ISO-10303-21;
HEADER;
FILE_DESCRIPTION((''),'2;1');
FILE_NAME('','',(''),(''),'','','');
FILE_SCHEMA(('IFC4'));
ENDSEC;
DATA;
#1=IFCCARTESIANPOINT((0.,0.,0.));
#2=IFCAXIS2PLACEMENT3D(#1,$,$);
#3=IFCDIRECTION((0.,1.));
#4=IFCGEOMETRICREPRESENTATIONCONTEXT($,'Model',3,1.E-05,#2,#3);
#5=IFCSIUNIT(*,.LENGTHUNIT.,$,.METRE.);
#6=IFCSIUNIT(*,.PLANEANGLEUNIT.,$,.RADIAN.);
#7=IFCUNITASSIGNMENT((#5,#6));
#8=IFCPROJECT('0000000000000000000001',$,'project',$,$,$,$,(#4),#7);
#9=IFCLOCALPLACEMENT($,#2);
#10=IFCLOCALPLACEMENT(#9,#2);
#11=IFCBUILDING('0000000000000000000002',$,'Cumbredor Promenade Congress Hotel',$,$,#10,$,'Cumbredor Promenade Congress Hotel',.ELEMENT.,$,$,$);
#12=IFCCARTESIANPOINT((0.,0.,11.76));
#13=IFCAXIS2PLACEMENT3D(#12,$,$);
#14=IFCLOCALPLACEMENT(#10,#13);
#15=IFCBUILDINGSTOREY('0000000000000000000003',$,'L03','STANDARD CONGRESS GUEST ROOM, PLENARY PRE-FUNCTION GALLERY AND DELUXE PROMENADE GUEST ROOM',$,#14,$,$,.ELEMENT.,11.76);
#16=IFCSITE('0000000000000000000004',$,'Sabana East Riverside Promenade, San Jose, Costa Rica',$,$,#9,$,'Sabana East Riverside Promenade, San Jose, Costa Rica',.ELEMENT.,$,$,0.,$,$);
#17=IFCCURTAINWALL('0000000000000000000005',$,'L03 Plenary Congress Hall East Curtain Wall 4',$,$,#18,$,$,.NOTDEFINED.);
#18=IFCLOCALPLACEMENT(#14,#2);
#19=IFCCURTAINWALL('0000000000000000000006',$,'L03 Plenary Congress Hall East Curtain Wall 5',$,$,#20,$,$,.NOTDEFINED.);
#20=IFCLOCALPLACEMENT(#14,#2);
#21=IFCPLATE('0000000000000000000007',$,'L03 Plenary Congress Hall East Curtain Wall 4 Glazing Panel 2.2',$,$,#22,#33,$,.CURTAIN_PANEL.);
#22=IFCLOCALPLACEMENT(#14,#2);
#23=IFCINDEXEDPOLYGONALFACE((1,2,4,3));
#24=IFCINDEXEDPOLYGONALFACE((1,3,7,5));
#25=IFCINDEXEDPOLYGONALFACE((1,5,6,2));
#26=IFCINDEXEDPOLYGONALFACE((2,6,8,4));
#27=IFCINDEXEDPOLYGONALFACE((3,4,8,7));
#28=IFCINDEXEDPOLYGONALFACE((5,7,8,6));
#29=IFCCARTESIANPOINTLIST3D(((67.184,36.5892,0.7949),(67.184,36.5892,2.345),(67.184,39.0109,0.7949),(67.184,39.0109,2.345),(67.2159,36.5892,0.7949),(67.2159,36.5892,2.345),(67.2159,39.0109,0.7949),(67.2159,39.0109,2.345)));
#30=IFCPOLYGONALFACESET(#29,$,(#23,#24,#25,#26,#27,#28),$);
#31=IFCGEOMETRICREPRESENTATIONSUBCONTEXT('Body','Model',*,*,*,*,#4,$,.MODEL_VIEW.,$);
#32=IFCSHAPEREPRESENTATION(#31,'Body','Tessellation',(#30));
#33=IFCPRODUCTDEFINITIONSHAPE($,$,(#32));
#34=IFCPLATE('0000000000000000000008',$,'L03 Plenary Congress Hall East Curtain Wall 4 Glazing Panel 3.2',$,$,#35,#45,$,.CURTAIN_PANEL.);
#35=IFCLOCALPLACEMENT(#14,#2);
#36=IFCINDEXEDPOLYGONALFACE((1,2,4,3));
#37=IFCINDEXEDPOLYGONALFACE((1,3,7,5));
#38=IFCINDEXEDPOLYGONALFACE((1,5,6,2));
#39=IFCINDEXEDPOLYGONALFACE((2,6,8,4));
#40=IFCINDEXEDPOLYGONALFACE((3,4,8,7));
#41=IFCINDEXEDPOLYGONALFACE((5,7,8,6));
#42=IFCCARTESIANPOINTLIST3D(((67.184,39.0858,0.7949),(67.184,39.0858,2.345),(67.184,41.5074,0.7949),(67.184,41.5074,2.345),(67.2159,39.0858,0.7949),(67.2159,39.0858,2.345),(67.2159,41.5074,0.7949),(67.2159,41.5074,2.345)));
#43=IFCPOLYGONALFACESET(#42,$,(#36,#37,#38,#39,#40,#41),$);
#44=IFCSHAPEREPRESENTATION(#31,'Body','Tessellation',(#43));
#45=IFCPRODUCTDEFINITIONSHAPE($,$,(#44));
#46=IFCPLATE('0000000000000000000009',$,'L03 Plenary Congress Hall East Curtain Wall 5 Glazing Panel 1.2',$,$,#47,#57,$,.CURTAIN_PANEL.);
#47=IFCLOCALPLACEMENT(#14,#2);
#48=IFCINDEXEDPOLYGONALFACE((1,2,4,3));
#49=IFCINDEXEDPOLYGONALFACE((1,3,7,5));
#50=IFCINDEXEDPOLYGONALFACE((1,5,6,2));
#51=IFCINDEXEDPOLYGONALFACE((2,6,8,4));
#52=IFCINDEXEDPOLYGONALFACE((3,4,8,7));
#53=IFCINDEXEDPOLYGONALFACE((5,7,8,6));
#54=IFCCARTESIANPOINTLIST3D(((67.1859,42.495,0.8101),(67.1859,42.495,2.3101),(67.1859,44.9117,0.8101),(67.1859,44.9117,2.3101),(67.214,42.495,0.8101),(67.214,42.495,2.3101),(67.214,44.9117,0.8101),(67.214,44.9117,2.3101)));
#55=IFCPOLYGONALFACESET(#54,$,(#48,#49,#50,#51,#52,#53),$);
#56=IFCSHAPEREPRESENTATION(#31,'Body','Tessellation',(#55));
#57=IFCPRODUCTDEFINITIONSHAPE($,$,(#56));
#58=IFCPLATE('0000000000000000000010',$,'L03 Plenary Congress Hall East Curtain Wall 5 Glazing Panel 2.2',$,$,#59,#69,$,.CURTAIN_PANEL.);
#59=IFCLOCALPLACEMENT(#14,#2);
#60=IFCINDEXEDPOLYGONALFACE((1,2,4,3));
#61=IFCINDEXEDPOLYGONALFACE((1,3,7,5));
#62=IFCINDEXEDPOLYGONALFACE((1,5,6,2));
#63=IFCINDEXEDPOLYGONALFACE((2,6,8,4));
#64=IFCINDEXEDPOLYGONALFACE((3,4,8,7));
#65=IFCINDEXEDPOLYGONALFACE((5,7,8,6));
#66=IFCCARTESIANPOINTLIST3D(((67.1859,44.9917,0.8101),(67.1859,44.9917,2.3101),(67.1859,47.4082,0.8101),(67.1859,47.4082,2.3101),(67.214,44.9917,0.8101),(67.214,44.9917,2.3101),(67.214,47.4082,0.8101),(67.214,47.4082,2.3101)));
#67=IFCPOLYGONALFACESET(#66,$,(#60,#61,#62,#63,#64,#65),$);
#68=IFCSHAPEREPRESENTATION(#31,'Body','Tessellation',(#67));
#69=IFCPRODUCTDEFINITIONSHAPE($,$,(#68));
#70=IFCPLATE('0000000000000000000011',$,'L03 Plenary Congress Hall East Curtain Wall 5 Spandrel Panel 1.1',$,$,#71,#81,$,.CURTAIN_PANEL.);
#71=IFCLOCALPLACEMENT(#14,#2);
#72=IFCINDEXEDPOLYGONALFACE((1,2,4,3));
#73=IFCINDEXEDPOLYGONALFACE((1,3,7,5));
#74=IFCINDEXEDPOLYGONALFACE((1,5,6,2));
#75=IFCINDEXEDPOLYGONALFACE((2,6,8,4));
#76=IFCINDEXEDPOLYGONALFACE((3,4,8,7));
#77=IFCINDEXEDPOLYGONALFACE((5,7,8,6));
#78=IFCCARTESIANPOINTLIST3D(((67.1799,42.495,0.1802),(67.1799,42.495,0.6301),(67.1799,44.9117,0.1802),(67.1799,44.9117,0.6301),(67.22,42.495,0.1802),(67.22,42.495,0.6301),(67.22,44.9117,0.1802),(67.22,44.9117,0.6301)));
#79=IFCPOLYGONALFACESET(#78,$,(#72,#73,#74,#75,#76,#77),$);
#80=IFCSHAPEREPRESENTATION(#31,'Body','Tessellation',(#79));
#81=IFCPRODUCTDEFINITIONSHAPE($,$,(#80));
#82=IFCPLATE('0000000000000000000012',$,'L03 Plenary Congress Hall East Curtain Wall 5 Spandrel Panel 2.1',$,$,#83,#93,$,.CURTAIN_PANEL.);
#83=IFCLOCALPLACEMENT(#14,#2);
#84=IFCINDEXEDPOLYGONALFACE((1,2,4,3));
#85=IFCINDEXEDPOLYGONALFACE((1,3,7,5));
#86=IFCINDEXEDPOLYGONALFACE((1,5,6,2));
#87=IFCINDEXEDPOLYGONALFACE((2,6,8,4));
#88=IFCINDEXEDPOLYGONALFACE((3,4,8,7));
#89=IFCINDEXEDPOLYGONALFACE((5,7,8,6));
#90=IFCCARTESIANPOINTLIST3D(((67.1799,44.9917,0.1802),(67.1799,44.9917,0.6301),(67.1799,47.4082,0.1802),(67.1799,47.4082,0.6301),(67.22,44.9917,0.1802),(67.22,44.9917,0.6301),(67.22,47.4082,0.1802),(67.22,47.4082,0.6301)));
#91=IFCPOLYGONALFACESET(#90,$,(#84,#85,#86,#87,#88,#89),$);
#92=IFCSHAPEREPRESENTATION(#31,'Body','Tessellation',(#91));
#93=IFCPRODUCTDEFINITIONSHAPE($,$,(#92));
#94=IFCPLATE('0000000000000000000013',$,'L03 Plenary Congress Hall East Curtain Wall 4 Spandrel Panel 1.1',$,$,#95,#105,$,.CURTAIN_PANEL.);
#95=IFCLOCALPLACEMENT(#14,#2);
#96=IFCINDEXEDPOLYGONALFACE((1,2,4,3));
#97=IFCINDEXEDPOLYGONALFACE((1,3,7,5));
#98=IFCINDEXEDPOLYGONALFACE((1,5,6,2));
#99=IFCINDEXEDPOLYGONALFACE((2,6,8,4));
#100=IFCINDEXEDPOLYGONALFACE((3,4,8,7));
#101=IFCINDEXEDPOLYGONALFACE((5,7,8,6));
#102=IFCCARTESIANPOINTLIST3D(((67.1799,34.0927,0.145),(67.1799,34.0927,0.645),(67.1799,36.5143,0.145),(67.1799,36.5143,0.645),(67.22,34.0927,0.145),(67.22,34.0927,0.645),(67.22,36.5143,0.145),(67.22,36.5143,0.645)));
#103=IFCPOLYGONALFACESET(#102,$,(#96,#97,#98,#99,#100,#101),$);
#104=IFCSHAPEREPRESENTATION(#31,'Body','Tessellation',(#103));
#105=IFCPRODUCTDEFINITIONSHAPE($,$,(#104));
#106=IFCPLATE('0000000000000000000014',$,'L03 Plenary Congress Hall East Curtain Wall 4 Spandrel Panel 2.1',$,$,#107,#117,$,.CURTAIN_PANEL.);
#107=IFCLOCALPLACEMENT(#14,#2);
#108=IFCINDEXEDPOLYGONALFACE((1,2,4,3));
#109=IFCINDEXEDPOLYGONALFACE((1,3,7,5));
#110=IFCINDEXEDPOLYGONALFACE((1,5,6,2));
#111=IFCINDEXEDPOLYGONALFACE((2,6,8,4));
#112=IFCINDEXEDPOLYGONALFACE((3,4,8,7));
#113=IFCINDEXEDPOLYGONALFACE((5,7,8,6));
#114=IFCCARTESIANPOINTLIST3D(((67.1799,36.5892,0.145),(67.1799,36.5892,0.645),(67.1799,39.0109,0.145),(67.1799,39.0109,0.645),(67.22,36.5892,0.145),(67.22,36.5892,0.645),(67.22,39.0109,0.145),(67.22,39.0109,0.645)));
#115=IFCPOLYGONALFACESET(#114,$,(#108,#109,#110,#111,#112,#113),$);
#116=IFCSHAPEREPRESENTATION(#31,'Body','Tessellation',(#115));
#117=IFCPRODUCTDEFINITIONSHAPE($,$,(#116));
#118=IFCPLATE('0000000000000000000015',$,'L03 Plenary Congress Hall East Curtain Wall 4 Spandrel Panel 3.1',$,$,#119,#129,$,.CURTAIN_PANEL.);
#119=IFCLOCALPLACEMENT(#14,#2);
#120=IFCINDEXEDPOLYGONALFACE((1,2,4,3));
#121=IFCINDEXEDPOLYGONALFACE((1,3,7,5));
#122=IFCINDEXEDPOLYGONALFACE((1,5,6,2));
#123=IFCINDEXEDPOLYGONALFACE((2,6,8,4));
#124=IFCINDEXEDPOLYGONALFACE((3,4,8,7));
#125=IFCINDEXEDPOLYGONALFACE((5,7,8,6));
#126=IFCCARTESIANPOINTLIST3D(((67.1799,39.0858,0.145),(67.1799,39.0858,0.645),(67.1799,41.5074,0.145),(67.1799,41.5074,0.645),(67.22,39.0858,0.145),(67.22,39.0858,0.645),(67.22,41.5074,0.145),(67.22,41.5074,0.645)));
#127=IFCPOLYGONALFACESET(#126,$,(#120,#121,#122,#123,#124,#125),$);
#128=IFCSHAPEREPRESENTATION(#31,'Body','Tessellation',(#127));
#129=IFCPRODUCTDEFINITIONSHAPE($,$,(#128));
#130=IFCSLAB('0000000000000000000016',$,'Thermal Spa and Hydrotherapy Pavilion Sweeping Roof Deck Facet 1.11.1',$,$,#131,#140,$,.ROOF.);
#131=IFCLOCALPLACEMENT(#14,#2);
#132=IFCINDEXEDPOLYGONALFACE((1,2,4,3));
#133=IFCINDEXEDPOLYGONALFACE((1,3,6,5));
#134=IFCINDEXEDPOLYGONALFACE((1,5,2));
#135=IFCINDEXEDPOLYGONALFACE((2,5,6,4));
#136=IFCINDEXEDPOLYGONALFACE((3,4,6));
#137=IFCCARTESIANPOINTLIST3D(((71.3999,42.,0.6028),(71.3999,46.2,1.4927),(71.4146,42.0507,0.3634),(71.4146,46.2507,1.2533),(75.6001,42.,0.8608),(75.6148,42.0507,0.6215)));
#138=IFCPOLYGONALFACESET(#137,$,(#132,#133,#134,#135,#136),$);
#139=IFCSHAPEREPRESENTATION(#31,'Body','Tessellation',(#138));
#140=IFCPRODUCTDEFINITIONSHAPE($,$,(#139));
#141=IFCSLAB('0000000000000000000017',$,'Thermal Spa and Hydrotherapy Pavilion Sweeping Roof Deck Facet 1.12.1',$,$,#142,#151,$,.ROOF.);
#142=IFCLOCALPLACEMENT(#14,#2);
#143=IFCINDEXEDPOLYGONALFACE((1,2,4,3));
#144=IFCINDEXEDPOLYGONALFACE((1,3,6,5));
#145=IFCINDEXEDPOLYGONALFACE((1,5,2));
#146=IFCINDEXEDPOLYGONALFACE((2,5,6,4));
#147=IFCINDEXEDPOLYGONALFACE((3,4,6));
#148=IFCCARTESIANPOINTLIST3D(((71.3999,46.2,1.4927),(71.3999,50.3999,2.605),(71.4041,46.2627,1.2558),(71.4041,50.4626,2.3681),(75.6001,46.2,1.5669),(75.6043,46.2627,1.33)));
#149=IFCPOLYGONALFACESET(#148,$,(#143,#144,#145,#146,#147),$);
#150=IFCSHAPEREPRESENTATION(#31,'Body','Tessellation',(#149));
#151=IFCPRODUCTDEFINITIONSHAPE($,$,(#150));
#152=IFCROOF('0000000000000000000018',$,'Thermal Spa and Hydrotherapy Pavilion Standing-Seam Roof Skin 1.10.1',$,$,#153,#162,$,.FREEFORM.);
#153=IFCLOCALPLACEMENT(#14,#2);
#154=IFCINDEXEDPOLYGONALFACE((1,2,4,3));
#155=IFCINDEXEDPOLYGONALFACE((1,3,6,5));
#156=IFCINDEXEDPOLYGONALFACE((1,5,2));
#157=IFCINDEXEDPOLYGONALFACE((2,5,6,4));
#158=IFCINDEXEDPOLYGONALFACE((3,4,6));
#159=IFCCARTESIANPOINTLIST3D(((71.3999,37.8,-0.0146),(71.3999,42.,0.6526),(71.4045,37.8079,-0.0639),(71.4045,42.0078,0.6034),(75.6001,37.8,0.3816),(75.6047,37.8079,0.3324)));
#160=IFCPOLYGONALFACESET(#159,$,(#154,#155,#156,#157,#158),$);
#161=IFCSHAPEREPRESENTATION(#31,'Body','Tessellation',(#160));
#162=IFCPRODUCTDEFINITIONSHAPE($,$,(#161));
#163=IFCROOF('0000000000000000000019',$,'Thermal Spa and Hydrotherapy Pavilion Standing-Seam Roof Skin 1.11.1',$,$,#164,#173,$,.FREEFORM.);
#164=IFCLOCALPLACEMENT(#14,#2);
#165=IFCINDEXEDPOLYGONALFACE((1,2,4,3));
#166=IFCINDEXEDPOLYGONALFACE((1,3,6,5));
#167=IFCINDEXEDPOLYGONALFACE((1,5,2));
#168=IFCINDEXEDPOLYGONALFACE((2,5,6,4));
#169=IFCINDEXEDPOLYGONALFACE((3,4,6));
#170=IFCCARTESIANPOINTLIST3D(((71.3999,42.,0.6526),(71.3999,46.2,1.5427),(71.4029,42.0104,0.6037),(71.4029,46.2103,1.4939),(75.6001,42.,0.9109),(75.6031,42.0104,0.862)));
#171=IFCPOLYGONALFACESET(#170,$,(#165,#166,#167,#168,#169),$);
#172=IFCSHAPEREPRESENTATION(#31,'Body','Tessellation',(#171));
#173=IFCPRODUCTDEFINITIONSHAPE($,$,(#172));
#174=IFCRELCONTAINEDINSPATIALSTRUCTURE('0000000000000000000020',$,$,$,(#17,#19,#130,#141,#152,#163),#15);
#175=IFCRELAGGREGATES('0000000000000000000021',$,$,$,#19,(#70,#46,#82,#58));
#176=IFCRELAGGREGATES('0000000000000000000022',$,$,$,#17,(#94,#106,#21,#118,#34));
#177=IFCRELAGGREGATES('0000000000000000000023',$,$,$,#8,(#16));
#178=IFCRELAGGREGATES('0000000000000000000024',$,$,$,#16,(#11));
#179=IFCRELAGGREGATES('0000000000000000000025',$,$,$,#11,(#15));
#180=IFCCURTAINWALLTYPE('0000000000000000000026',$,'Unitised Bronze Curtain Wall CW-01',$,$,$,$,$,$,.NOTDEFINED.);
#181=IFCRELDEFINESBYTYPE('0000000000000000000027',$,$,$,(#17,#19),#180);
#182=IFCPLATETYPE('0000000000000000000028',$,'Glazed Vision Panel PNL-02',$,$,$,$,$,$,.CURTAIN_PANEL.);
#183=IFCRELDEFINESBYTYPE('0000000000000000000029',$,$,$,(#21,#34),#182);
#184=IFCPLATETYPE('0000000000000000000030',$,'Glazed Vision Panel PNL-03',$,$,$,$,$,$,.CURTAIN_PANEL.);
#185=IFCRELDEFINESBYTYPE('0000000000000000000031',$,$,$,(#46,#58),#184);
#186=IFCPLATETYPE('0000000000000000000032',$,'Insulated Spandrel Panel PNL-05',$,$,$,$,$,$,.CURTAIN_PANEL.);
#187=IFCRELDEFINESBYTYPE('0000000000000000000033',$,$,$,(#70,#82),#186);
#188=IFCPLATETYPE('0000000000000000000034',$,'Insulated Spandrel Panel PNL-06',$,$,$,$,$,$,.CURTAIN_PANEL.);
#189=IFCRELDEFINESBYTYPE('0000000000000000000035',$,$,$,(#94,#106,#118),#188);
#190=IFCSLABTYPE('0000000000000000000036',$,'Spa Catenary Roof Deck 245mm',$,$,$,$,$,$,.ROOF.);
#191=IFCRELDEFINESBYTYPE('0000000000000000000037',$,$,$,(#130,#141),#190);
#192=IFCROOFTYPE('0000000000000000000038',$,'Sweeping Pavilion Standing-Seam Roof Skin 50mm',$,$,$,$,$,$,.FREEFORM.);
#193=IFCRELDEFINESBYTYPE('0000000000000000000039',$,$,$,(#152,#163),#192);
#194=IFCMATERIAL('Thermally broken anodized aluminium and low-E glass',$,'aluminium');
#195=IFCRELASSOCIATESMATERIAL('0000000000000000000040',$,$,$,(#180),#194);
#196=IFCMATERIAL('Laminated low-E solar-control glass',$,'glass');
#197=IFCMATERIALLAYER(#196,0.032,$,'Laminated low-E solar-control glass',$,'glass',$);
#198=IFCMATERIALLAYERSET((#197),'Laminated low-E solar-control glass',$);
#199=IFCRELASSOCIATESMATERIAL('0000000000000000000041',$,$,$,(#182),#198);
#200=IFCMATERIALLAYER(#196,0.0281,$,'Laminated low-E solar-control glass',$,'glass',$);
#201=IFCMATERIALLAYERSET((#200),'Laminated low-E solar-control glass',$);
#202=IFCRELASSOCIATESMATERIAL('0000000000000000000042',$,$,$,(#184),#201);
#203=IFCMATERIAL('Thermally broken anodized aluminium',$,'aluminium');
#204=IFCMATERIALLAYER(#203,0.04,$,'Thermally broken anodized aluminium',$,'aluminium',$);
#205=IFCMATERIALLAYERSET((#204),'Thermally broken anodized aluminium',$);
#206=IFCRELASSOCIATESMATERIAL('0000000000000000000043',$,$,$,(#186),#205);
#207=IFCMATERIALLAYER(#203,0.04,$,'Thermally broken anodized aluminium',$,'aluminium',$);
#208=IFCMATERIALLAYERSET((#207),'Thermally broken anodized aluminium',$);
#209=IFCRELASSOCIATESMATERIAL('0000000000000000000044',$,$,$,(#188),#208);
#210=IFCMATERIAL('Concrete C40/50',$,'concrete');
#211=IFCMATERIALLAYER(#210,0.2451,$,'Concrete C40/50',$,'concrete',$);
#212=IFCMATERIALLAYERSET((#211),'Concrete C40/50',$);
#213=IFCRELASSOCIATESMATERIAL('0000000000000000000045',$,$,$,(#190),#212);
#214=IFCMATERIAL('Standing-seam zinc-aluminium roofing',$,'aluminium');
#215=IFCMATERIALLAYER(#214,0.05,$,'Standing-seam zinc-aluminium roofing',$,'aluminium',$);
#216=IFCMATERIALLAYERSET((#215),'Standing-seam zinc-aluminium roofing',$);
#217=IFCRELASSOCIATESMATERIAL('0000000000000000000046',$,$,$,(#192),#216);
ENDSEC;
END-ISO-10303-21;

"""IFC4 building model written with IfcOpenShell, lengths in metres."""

from ifc_helpers import new_model, si_unit, direction, frame, origin, origin_2d, place, context, subcontext, project, spatial, polyline, rectangle, outline, extrude, material, layer, layer_set, type_object, element, aggregate, save


model = new_model("IFC4")

# Units and contexts
model_context = context("Model", 3, precision=1e-05, world=origin(), true_north=direction((0.0, 1.0)))
body_context = subcontext(model_context, "Body", "Model", "MODEL_VIEW")
ifc_project = project(units=[si_unit("LENGTHUNIT", "METRE"), si_unit("PLANEANGLEUNIT", "RADIAN")], contexts=[model_context])

# Site, building, storey
site_placement = place(None, origin())
site = spatial("IfcSite", under=ifc_project, at=site_placement, Name="Sabana East Riverside Promenade, San Jose, Costa Rica", LongName="Sabana East Riverside Promenade, San Jose, Costa Rica", CompositionType="ELEMENT", RefElevation=0.0)
building_placement = place(site_placement, origin())
building = spatial("IfcBuilding", under=site, at=building_placement, Name="Cumbredor Promenade Congress Hotel", LongName="Cumbredor Promenade Congress Hotel", CompositionType="ELEMENT")
storey_placement = place(building_placement, frame((0.0, 0.0, 11.76)))
storey = spatial("IfcBuildingStorey", under=building, at=storey_placement, Name="L03", Description="STANDARD CONGRESS GUEST ROOM, PLENARY PRE-FUNCTION GALLERY AND DELUXE PROMENADE GUEST ROOM", CompositionType="ELEMENT", Elevation=11.76)

# Curtain walls
ifc_material_1 = material(Name="Thermally broken anodized aluminium and low-E glass", Category="aluminium")
curtain_wall_type = type_object("IfcCurtainWallType", Name="Unitised Bronze Curtain Wall CW-01", PredefinedType="NOTDEFINED", material=ifc_material_1)
curtain_wall_1_placement = place(storey_placement, origin())
curtain_wall_1 = element("IfcCurtainWall", 1, at=curtain_wall_1_placement, inside=storey, type_object=curtain_wall_type, Name="L03 Plenary Congress Hall East Curtain Wall 4", PredefinedType="NOTDEFINED")
ifc_material_2 = material(Name="Thermally broken anodized aluminium", Category="aluminium")
curtain_wall_2_placement = place(storey_placement, origin())
curtain_wall_2 = element("IfcCurtainWall", 2, at=curtain_wall_2_placement, inside=storey, type_object=curtain_wall_type, Name="L03 Plenary Congress Hall East Curtain Wall 5", PredefinedType="NOTDEFINED")

# Plates
ifc_material_3 = material(Name="Laminated low-E solar-control glass", Category="glass")
ifc_layer_1 = layer(ifc_material_3, 0.032, Name="Laminated low-E solar-control glass", Category="glass")
ifc_layer_set_1 = layer_set([ifc_layer_1], Name="Laminated low-E solar-control glass")
plate_type_1 = type_object("IfcPlateType", Name="Glazed Vision Panel PNL-02", PredefinedType="CURTAIN_PANEL", material=ifc_layer_set_1)
plate_1_placement = place(storey_placement, frame((67.2, 37.8, 0.7949), z_axis=(0.0, 0.0, 1.0), x_axis=(0.0, 1.0, 0.0)))
plate_1 = element("IfcPlate", 3, at=plate_1_placement, type_object=plate_type_1, Name="L03 Plenary Congress Hall East Curtain Wall 4 Glazing Panel 2.2", PredefinedType="CURTAIN_PANEL", context=body_context, shape_type="SweptSolid", body=[
    extrude(rectangle(XDim=2.4216, YDim=0.032, at=origin_2d()), origin(), (0.0, 0.0, 1.0), 1.55),
])
plate_2_placement = place(storey_placement, frame((67.2, 40.2966, 0.7949), z_axis=(0.0, 0.0, 1.0), x_axis=(0.0, 1.0, 0.0)))
plate_2 = element("IfcPlate", 4, at=plate_2_placement, type_object=plate_type_1, Name="L03 Plenary Congress Hall East Curtain Wall 4 Glazing Panel 3.2", PredefinedType="CURTAIN_PANEL", context=body_context, shape_type="SweptSolid", body=[
    extrude(rectangle(XDim=2.4216, YDim=0.032, at=origin_2d()), origin(), (0.0, 0.0, 1.0), 1.55),
])
ifc_layer_2 = layer(ifc_material_3, 0.0281, Name="Laminated low-E solar-control glass", Category="glass")
ifc_layer_set_2 = layer_set([ifc_layer_2], Name="Laminated low-E solar-control glass")
plate_type_2 = type_object("IfcPlateType", Name="Glazed Vision Panel PNL-03", PredefinedType="CURTAIN_PANEL", material=ifc_layer_set_2)
plate_3_placement = place(storey_placement, frame((67.2, 43.7034, 0.8101), z_axis=(0.0, 0.0, 1.0), x_axis=(0.0, 1.0, 0.0)))
plate_3 = element("IfcPlate", 5, at=plate_3_placement, type_object=plate_type_2, Name="L03 Plenary Congress Hall East Curtain Wall 5 Glazing Panel 1.2", PredefinedType="CURTAIN_PANEL", context=body_context, shape_type="SweptSolid", body=[
    extrude(rectangle(XDim=2.4167, YDim=0.0281, at=origin_2d()), origin(), (0.0, 0.0, 1.0), 1.5),
])
plate_4_placement = place(storey_placement, frame((67.2, 46.2, 0.8101), z_axis=(0.0, 0.0, 1.0), x_axis=(0.0, 1.0, 0.0)))
plate_4 = element("IfcPlate", 6, at=plate_4_placement, type_object=plate_type_2, Name="L03 Plenary Congress Hall East Curtain Wall 5 Glazing Panel 2.2", PredefinedType="CURTAIN_PANEL", context=body_context, shape_type="SweptSolid", body=[
    extrude(rectangle(XDim=2.4165, YDim=0.0281, at=origin_2d()), origin(), (0.0, 0.0, 1.0), 1.5),
])
ifc_layer_3 = layer(ifc_material_2, 0.04, Name="Thermally broken anodized aluminium", Category="aluminium")
ifc_layer_set_3 = layer_set([ifc_layer_3], Name="Thermally broken anodized aluminium")
plate_type_3 = type_object("IfcPlateType", Name="Insulated Spandrel Panel PNL-05", PredefinedType="CURTAIN_PANEL", material=ifc_layer_set_3)
plate_5_placement = place(storey_placement, frame((67.2, 43.7034, 0.1802), z_axis=(0.0, 0.0, 1.0), x_axis=(0.0, 1.0, 0.0)))
plate_5 = element("IfcPlate", 7, at=plate_5_placement, type_object=plate_type_3, Name="L03 Plenary Congress Hall East Curtain Wall 5 Spandrel Panel 1.1", PredefinedType="CURTAIN_PANEL", context=body_context, shape_type="SweptSolid", body=[
    extrude(rectangle(XDim=2.4167, YDim=0.04, at=origin_2d()), origin(), (0.0, 0.0, 1.0), 0.45),
])
plate_6_placement = place(storey_placement, frame((67.2, 46.2, 0.1802), z_axis=(0.0, 0.0, 1.0), x_axis=(0.0, 1.0, 0.0)))
plate_6 = element("IfcPlate", 8, at=plate_6_placement, type_object=plate_type_3, Name="L03 Plenary Congress Hall East Curtain Wall 5 Spandrel Panel 2.1", PredefinedType="CURTAIN_PANEL", context=body_context, shape_type="SweptSolid", body=[
    extrude(rectangle(XDim=2.4165, YDim=0.04, at=origin_2d()), origin(), (0.0, 0.0, 1.0), 0.45),
])
aggregate(curtain_wall_2, [plate_5, plate_3, plate_6, plate_4])
ifc_layer_4 = layer(ifc_material_2, 0.04, Name="Thermally broken anodized aluminium", Category="aluminium")
ifc_layer_set_4 = layer_set([ifc_layer_4], Name="Thermally broken anodized aluminium")
plate_type_4 = type_object("IfcPlateType", Name="Insulated Spandrel Panel PNL-06", PredefinedType="CURTAIN_PANEL", material=ifc_layer_set_4)
plate_7_placement = place(storey_placement, frame((67.2, 35.3035, 0.145), z_axis=(0.0, 0.0, 1.0), x_axis=(0.0, 1.0, 0.0)))
plate_7 = element("IfcPlate", 9, at=plate_7_placement, type_object=plate_type_4, Name="L03 Plenary Congress Hall East Curtain Wall 4 Spandrel Panel 1.1", PredefinedType="CURTAIN_PANEL", context=body_context, shape_type="SweptSolid", body=[
    extrude(rectangle(XDim=2.4216, YDim=0.04, at=origin_2d()), origin(), (0.0, 0.0, 1.0), 0.5),
])
plate_8_placement = place(storey_placement, frame((67.2, 37.8, 0.145), z_axis=(0.0, 0.0, 1.0), x_axis=(0.0, 1.0, 0.0)))
plate_8 = element("IfcPlate", 10, at=plate_8_placement, type_object=plate_type_4, Name="L03 Plenary Congress Hall East Curtain Wall 4 Spandrel Panel 2.1", PredefinedType="CURTAIN_PANEL", context=body_context, shape_type="SweptSolid", body=[
    extrude(rectangle(XDim=2.4216, YDim=0.04, at=origin_2d()), origin(), (0.0, 0.0, 1.0), 0.5),
])
plate_9_placement = place(storey_placement, frame((67.2, 40.2966, 0.145), z_axis=(0.0, 0.0, 1.0), x_axis=(0.0, 1.0, 0.0)))
plate_9 = element("IfcPlate", 11, at=plate_9_placement, type_object=plate_type_4, Name="L03 Plenary Congress Hall East Curtain Wall 4 Spandrel Panel 3.1", PredefinedType="CURTAIN_PANEL", context=body_context, shape_type="SweptSolid", body=[
    extrude(rectangle(XDim=2.4216, YDim=0.04, at=origin_2d()), origin(), (0.0, 0.0, 1.0), 0.5),
])
aggregate(curtain_wall_1, [plate_7, plate_8, plate_1, plate_9, plate_2])

# Slabs
ifc_material_4 = material(Name="Concrete C40/50", Category="concrete")
ifc_layer_5 = layer(ifc_material_4, 0.2451, Name="Concrete C40/50", Category="concrete")
ifc_layer_set_5 = layer_set([ifc_layer_5], Name="Concrete C40/50")
slab_type = type_object("IfcSlabType", Name="Spa Catenary Roof Deck 245mm", PredefinedType="ROOF", material=ifc_layer_set_5)
slab_1_placement = place(storey_placement, frame((71.3999, 42.0, 0.6028), z_axis=(-0.059997, -0.206907, 0.976519), x_axis=(0.998118, 0.0, 0.061324)))
element("IfcSlab", 12, at=slab_1_placement, inside=storey, type_object=slab_type, Name="Thermal Spa and Hydrotherapy Pavilion Sweeping Roof Deck Facet 1.11.1", PredefinedType="ROOF", context=body_context, shape_type="SweptSolid", body=[
    extrude(outline(polyline([(0.0, 0.0), (4.2081, 0.0), (0.0546, 4.2928), (0.0, 0.0)])), origin(), (0.0, 0.0, -1.0), 0.2451),
])
slab_2_placement = place(storey_placement, frame((71.3999, 46.2, 1.4927), z_axis=(-0.017079, -0.255974, 0.966533), x_axis=(0.999844, 0.0, 0.017668)))
element("IfcSlab", 13, at=slab_2_placement, inside=storey, type_object=slab_type, Name="Thermal Spa and Hydrotherapy Pavilion Sweeping Roof Deck Facet 1.12.1", PredefinedType="ROOF", context=body_context, shape_type="SweptSolid", body=[
    extrude(outline(polyline([(0.0, 0.0), (4.2009, 0.0), (0.0197, 4.3447), (0.0, 0.0)])), origin(), (0.0, 0.0, -1.0), 0.2451),
])

# Roofs
ifc_material_5 = material(Name="Standing-seam zinc-aluminium roofing", Category="aluminium")
ifc_layer_6 = layer(ifc_material_5, 0.05, Name="Standing-seam zinc-aluminium roofing", Category="aluminium")
ifc_layer_set_6 = layer_set([ifc_layer_6], Name="Standing-seam zinc-aluminium roofing")
roof_type = type_object("IfcRoofType", Name="Sweeping Pavilion Standing-Seam Roof Skin 50mm", PredefinedType="FREEFORM", material=ifc_layer_set_6)
roof_1_placement = place(storey_placement, frame((71.3999, 37.8, -0.0146), z_axis=(-0.092768, -0.156223, 0.983356), x_axis=(0.99558, 0.0, 0.093922)))
element("IfcRoof", 14, at=roof_1_placement, inside=storey, type_object=roof_type, Name="Thermal Spa and Hydrotherapy Pavilion Standing-Seam Roof Skin 1.10.1", PredefinedType="FREEFORM", context=body_context, shape_type="SweptSolid", body=[
    extrude(outline(polyline([(0.0, 0.0), (4.2188, 0.0), (0.0627, 4.2522), (0.0, 0.0)])), origin(), (0.0, 0.0, -1.0), 0.05),
])
roof_2_placement = place(storey_placement, frame((71.3999, 42.0, 0.6526), z_axis=(-0.060052, -0.20696, 0.976505), x_axis=(0.998114, 0.0, 0.061381)))
element("IfcRoof", 15, at=roof_2_placement, inside=storey, type_object=roof_type, Name="Thermal Spa and Hydrotherapy Pavilion Standing-Seam Roof Skin 1.11.1", PredefinedType="FREEFORM", context=body_context, shape_type="SweptSolid", body=[
    extrude(outline(polyline([(0.0, 0.0), (4.2081, 0.0), (0.0546, 4.2929), (0.0, 0.0)])), origin(), (0.0, 0.0, -1.0), 0.05),
])

save(model, "model.ifc")
